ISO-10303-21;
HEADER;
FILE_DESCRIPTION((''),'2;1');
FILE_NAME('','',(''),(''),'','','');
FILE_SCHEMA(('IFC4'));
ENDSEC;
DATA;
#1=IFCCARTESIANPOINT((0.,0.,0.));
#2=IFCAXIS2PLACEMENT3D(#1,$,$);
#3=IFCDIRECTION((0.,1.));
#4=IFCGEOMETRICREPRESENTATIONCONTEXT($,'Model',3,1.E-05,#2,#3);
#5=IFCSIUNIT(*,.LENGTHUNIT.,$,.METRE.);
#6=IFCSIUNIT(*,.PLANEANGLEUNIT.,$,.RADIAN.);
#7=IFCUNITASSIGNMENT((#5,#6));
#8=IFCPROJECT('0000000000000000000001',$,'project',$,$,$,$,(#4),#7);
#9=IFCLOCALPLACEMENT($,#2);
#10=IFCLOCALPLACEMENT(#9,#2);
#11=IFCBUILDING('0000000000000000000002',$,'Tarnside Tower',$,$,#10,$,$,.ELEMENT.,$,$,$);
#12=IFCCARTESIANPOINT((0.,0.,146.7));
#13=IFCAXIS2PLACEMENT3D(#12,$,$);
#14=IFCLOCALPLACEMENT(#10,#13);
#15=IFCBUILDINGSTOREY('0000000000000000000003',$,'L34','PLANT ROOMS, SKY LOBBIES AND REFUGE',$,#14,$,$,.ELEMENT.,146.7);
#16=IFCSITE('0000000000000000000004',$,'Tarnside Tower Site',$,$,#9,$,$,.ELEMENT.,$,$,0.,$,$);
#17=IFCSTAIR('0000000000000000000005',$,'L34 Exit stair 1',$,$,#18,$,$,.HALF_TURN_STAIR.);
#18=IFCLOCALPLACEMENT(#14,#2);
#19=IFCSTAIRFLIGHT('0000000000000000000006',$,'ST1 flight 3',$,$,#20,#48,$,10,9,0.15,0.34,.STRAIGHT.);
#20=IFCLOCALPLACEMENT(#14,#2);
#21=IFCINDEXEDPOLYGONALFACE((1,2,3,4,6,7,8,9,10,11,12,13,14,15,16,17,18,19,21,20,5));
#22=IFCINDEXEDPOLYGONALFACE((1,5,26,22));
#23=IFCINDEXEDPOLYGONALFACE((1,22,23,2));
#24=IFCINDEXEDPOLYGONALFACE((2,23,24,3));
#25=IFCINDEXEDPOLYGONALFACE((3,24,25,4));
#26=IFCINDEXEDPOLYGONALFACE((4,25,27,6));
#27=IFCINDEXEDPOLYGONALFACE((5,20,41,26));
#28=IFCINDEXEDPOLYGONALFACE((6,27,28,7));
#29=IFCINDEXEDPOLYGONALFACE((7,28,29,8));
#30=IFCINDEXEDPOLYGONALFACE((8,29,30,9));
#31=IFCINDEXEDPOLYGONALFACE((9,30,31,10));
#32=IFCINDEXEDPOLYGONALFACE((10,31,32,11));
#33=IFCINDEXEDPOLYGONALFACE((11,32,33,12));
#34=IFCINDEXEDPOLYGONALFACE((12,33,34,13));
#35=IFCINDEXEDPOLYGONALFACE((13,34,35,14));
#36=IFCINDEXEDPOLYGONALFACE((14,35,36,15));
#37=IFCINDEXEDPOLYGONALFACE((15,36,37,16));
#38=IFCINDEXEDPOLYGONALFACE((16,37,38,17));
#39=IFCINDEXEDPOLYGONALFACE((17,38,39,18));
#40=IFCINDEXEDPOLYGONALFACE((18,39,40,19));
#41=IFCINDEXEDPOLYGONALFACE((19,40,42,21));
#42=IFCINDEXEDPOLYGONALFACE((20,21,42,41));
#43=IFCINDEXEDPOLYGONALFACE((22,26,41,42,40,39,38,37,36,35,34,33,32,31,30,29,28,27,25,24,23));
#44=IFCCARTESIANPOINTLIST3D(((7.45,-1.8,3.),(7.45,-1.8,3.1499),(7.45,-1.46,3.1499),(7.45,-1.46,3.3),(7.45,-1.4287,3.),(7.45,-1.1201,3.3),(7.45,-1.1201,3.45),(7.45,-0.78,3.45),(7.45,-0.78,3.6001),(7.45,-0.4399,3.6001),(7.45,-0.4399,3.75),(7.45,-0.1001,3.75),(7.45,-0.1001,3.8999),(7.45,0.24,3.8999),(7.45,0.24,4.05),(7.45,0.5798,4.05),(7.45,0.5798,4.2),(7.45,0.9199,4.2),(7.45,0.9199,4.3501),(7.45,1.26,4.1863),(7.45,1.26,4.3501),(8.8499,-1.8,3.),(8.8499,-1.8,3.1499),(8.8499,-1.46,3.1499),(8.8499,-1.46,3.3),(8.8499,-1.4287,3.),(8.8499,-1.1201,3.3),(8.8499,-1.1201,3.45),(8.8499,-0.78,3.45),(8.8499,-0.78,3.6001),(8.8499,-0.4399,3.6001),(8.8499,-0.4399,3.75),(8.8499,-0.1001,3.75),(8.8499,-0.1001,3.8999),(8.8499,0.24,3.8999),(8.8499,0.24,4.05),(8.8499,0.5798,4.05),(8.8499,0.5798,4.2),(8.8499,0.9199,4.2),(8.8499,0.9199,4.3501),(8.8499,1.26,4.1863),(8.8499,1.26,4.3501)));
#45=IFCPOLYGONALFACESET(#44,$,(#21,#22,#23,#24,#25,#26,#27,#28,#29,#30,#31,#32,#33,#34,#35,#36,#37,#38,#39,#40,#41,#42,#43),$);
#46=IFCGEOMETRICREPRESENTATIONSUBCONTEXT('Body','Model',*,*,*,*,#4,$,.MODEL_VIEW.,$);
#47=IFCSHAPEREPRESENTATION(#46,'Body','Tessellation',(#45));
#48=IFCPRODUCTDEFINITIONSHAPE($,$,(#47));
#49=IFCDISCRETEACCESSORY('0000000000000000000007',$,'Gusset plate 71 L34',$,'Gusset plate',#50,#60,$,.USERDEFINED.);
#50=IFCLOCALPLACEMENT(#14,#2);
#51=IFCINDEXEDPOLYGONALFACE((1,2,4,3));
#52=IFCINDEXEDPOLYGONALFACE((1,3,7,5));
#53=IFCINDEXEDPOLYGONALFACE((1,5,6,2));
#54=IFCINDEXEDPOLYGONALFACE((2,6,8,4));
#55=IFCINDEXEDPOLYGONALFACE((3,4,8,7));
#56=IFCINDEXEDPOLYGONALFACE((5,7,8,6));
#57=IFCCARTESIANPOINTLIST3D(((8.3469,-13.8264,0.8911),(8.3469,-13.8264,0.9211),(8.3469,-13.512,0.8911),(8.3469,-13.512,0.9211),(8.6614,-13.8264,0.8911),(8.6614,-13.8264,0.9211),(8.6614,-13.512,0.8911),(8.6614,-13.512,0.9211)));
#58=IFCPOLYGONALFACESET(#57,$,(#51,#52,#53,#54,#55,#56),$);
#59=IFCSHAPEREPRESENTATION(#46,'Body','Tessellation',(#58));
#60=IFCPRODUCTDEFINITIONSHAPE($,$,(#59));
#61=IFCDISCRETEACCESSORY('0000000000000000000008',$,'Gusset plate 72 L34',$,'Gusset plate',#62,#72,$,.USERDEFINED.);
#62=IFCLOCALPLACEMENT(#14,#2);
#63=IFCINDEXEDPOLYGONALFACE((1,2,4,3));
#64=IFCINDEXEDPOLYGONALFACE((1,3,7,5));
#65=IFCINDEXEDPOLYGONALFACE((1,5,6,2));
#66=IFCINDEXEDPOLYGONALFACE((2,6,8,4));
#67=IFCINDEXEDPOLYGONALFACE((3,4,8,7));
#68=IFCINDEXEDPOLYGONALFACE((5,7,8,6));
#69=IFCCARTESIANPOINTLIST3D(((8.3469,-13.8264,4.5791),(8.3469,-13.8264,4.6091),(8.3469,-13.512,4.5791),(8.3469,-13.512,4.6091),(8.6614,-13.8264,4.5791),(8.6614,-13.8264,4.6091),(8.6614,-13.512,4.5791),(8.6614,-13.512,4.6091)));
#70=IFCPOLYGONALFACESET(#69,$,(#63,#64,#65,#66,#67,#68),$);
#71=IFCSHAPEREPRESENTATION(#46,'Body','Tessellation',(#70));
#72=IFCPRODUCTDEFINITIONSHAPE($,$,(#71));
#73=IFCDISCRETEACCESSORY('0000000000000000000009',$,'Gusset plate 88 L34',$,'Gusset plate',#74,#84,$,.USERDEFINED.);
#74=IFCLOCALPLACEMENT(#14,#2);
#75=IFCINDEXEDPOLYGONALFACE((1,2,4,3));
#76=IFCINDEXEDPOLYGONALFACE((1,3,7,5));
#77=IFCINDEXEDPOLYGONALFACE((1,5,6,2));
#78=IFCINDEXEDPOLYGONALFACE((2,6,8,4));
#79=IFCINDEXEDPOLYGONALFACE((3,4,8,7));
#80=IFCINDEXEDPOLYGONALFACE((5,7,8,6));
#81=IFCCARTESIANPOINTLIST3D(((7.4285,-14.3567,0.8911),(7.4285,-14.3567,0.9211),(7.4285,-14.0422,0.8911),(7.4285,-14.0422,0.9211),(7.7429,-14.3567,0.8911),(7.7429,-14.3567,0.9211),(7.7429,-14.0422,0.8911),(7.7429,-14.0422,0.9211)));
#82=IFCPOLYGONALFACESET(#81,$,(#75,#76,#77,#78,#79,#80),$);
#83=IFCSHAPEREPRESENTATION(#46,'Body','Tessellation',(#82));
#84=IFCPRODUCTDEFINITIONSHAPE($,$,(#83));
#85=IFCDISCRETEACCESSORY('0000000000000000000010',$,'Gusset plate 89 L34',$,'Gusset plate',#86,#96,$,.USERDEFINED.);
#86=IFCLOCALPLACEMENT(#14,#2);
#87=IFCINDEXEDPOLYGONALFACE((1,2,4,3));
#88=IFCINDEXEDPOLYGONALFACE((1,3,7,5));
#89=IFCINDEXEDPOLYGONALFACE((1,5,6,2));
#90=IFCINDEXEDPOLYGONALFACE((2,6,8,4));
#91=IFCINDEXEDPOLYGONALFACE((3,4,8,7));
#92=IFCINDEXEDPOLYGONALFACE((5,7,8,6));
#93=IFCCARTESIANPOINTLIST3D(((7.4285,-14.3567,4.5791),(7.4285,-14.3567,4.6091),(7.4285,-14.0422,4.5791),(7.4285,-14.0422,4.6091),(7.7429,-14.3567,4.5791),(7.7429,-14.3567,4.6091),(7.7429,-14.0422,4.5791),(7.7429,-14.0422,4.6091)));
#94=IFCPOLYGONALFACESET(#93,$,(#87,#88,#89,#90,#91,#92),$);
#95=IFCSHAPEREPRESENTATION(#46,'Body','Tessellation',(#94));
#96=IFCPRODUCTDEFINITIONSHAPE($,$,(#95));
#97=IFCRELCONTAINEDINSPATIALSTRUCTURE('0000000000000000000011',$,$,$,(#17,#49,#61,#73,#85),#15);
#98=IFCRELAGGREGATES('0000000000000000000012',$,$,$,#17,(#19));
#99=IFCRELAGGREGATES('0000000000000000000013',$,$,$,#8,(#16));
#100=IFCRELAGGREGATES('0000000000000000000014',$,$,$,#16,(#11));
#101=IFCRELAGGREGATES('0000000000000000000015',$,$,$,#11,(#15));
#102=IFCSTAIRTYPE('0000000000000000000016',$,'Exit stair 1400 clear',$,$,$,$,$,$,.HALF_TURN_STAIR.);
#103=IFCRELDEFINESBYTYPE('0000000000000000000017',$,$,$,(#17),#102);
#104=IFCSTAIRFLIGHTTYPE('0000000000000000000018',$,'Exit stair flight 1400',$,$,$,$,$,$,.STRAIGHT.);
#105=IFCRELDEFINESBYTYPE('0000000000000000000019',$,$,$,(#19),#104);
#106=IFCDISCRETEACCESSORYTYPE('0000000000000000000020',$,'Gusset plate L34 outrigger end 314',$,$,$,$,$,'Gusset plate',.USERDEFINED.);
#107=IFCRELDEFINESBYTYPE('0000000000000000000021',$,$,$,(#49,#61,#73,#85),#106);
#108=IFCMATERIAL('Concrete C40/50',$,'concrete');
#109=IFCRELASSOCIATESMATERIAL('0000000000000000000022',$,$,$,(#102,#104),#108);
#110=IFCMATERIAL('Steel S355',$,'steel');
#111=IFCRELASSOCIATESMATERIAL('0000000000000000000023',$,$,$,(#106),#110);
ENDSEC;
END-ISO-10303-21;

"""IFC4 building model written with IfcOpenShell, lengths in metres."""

from ifc_helpers import new_model, si_unit, direction, frame, origin, origin_2d, place, context, subcontext, project, spatial, polyline, rectangle, outline, extrude, material, type_object, element, aggregate, save


model = new_model("IFC4")

# Units and contexts
model_context = context("Model", 3, precision=1e-05, world=origin(), true_north=direction((0.0, 1.0)))
body_context = subcontext(model_context, "Body", "Model", "MODEL_VIEW")
ifc_project = project(units=[si_unit("LENGTHUNIT", "METRE"), si_unit("PLANEANGLEUNIT", "RADIAN")], contexts=[model_context])

# Site, building, storey
site_placement = place(None, origin())
site = spatial("IfcSite", under=ifc_project, at=site_placement, Name="Tarnside Tower Site", CompositionType="ELEMENT", RefElevation=0.0)
building_placement = place(site_placement, origin())
building = spatial("IfcBuilding", under=site, at=building_placement, Name="Tarnside Tower", CompositionType="ELEMENT")
storey_placement = place(building_placement, frame((0.0, 0.0, 146.7)))
storey = spatial("IfcBuildingStorey", under=building, at=storey_placement, Name="L34", Description="PLANT ROOMS, SKY LOBBIES AND REFUGE", CompositionType="ELEMENT", Elevation=146.7)

# Shared definitions
ifc_material_1 = material(Name="Steel S355", Category="steel")

# Shared definitions
ifc_material_2 = material(Name="Concrete C40/50", Category="concrete")

# Stair, stair flight
stair_type = type_object("IfcStairType", Name="Exit stair 1400 clear", PredefinedType="HALF_TURN_STAIR", material=ifc_material_2)
stair_placement = place(storey_placement, origin())
stair = element("IfcStair", 1, at=stair_placement, inside=storey, type_object=stair_type, Name="L34 Exit stair 1", PredefinedType="HALF_TURN_STAIR")
stair_flight_type = type_object("IfcStairFlightType", Name="Exit stair flight 1400", PredefinedType="STRAIGHT", material=ifc_material_2)
stair_flight_1_placement = place(storey_placement, frame((8.1499, -1.8, 3.0), z_axis=(0.0, 0.0, 1.0), x_axis=(0.0, 1.0, 0.0)))
stair_flight_1 = element("IfcStairFlight", 2, at=stair_flight_1_placement, type_object=stair_flight_type, Name="ST1 flight 3", NumberOfRisers=10, NumberOfTreads=9, PredefinedType="STRAIGHT", RiserHeight=0.15, TreadLength=0.34, context=body_context, shape_type="SweptSolid", body=[
    extrude(outline(polyline([(0.0, 0.0), (0.0, 0.1499), (0.3401, 0.1499), (0.3401, 0.3), (0.6799, 0.3), (0.6799, 0.45), (1.02, 0.45), (1.02, 0.6001), (1.3601, 0.6001), (1.3601, 0.75), (1.7, 0.75), (1.7, 0.8999), (2.04, 0.8999), (2.04, 1.05), (2.3799, 1.05), (2.3799, 1.2), (2.72, 1.2), (2.72, 1.3501), (3.0601, 1.3501), (3.0601, 1.5), (3.0601, 1.1863), (0.3713, 0.0), (0.0, 0.0)])), frame((0.0, 0.7, 0.0), z_axis=(0.0, -1.0, 0.0), x_axis=(1.0, 0.0, 0.0)), (0.0, 0.0, 1.0), 1.3999),
])
aggregate(stair, [stair_flight_1])

# Discrete accessories
discrete_accessory_type = type_object("IfcDiscreteAccessoryType", Name="Gusset plate L34 outrigger end 314", ElementType="Gusset plate", PredefinedType="USERDEFINED", material=ifc_material_1)
for number, where, z_axis, x_axis, name in (
    (3, (8.5042, -13.6692, 0.8911), (0.0, 0.0, 1.0), (1.0, 0.0, 0.0), "Gusset plate 71 L34"),
    (4, (8.5042, -13.6692, 4.5791), (0.0, 0.0, 1.0), (1.0, 0.0, 0.0), "Gusset plate 72 L34"),
    (5, (7.5857, -14.1995, 0.8911), (0.0, 0.0, 1.0), (1.0, 0.0, 0.0), "Gusset plate 88 L34"),
    (6, (7.5857, -14.1995, 4.5791), (0.0, 0.0, 1.0), (1.0, 0.0, 0.0), "Gusset plate 89 L34"),
):
    element("IfcDiscreteAccessory", number, at=place(storey_placement, frame(where, z_axis=z_axis, x_axis=x_axis)), inside=storey, type_object=discrete_accessory_type, Name=name, ObjectType="Gusset plate", PredefinedType="USERDEFINED", context=body_context, shape_type="SweptSolid", body=[
        extrude(rectangle(XDim=0.3145, YDim=0.3145, at=origin_2d()), origin(), (0.0, 0.0, 1.0), 0.03),
    ])

save(model, "model.ifc")
